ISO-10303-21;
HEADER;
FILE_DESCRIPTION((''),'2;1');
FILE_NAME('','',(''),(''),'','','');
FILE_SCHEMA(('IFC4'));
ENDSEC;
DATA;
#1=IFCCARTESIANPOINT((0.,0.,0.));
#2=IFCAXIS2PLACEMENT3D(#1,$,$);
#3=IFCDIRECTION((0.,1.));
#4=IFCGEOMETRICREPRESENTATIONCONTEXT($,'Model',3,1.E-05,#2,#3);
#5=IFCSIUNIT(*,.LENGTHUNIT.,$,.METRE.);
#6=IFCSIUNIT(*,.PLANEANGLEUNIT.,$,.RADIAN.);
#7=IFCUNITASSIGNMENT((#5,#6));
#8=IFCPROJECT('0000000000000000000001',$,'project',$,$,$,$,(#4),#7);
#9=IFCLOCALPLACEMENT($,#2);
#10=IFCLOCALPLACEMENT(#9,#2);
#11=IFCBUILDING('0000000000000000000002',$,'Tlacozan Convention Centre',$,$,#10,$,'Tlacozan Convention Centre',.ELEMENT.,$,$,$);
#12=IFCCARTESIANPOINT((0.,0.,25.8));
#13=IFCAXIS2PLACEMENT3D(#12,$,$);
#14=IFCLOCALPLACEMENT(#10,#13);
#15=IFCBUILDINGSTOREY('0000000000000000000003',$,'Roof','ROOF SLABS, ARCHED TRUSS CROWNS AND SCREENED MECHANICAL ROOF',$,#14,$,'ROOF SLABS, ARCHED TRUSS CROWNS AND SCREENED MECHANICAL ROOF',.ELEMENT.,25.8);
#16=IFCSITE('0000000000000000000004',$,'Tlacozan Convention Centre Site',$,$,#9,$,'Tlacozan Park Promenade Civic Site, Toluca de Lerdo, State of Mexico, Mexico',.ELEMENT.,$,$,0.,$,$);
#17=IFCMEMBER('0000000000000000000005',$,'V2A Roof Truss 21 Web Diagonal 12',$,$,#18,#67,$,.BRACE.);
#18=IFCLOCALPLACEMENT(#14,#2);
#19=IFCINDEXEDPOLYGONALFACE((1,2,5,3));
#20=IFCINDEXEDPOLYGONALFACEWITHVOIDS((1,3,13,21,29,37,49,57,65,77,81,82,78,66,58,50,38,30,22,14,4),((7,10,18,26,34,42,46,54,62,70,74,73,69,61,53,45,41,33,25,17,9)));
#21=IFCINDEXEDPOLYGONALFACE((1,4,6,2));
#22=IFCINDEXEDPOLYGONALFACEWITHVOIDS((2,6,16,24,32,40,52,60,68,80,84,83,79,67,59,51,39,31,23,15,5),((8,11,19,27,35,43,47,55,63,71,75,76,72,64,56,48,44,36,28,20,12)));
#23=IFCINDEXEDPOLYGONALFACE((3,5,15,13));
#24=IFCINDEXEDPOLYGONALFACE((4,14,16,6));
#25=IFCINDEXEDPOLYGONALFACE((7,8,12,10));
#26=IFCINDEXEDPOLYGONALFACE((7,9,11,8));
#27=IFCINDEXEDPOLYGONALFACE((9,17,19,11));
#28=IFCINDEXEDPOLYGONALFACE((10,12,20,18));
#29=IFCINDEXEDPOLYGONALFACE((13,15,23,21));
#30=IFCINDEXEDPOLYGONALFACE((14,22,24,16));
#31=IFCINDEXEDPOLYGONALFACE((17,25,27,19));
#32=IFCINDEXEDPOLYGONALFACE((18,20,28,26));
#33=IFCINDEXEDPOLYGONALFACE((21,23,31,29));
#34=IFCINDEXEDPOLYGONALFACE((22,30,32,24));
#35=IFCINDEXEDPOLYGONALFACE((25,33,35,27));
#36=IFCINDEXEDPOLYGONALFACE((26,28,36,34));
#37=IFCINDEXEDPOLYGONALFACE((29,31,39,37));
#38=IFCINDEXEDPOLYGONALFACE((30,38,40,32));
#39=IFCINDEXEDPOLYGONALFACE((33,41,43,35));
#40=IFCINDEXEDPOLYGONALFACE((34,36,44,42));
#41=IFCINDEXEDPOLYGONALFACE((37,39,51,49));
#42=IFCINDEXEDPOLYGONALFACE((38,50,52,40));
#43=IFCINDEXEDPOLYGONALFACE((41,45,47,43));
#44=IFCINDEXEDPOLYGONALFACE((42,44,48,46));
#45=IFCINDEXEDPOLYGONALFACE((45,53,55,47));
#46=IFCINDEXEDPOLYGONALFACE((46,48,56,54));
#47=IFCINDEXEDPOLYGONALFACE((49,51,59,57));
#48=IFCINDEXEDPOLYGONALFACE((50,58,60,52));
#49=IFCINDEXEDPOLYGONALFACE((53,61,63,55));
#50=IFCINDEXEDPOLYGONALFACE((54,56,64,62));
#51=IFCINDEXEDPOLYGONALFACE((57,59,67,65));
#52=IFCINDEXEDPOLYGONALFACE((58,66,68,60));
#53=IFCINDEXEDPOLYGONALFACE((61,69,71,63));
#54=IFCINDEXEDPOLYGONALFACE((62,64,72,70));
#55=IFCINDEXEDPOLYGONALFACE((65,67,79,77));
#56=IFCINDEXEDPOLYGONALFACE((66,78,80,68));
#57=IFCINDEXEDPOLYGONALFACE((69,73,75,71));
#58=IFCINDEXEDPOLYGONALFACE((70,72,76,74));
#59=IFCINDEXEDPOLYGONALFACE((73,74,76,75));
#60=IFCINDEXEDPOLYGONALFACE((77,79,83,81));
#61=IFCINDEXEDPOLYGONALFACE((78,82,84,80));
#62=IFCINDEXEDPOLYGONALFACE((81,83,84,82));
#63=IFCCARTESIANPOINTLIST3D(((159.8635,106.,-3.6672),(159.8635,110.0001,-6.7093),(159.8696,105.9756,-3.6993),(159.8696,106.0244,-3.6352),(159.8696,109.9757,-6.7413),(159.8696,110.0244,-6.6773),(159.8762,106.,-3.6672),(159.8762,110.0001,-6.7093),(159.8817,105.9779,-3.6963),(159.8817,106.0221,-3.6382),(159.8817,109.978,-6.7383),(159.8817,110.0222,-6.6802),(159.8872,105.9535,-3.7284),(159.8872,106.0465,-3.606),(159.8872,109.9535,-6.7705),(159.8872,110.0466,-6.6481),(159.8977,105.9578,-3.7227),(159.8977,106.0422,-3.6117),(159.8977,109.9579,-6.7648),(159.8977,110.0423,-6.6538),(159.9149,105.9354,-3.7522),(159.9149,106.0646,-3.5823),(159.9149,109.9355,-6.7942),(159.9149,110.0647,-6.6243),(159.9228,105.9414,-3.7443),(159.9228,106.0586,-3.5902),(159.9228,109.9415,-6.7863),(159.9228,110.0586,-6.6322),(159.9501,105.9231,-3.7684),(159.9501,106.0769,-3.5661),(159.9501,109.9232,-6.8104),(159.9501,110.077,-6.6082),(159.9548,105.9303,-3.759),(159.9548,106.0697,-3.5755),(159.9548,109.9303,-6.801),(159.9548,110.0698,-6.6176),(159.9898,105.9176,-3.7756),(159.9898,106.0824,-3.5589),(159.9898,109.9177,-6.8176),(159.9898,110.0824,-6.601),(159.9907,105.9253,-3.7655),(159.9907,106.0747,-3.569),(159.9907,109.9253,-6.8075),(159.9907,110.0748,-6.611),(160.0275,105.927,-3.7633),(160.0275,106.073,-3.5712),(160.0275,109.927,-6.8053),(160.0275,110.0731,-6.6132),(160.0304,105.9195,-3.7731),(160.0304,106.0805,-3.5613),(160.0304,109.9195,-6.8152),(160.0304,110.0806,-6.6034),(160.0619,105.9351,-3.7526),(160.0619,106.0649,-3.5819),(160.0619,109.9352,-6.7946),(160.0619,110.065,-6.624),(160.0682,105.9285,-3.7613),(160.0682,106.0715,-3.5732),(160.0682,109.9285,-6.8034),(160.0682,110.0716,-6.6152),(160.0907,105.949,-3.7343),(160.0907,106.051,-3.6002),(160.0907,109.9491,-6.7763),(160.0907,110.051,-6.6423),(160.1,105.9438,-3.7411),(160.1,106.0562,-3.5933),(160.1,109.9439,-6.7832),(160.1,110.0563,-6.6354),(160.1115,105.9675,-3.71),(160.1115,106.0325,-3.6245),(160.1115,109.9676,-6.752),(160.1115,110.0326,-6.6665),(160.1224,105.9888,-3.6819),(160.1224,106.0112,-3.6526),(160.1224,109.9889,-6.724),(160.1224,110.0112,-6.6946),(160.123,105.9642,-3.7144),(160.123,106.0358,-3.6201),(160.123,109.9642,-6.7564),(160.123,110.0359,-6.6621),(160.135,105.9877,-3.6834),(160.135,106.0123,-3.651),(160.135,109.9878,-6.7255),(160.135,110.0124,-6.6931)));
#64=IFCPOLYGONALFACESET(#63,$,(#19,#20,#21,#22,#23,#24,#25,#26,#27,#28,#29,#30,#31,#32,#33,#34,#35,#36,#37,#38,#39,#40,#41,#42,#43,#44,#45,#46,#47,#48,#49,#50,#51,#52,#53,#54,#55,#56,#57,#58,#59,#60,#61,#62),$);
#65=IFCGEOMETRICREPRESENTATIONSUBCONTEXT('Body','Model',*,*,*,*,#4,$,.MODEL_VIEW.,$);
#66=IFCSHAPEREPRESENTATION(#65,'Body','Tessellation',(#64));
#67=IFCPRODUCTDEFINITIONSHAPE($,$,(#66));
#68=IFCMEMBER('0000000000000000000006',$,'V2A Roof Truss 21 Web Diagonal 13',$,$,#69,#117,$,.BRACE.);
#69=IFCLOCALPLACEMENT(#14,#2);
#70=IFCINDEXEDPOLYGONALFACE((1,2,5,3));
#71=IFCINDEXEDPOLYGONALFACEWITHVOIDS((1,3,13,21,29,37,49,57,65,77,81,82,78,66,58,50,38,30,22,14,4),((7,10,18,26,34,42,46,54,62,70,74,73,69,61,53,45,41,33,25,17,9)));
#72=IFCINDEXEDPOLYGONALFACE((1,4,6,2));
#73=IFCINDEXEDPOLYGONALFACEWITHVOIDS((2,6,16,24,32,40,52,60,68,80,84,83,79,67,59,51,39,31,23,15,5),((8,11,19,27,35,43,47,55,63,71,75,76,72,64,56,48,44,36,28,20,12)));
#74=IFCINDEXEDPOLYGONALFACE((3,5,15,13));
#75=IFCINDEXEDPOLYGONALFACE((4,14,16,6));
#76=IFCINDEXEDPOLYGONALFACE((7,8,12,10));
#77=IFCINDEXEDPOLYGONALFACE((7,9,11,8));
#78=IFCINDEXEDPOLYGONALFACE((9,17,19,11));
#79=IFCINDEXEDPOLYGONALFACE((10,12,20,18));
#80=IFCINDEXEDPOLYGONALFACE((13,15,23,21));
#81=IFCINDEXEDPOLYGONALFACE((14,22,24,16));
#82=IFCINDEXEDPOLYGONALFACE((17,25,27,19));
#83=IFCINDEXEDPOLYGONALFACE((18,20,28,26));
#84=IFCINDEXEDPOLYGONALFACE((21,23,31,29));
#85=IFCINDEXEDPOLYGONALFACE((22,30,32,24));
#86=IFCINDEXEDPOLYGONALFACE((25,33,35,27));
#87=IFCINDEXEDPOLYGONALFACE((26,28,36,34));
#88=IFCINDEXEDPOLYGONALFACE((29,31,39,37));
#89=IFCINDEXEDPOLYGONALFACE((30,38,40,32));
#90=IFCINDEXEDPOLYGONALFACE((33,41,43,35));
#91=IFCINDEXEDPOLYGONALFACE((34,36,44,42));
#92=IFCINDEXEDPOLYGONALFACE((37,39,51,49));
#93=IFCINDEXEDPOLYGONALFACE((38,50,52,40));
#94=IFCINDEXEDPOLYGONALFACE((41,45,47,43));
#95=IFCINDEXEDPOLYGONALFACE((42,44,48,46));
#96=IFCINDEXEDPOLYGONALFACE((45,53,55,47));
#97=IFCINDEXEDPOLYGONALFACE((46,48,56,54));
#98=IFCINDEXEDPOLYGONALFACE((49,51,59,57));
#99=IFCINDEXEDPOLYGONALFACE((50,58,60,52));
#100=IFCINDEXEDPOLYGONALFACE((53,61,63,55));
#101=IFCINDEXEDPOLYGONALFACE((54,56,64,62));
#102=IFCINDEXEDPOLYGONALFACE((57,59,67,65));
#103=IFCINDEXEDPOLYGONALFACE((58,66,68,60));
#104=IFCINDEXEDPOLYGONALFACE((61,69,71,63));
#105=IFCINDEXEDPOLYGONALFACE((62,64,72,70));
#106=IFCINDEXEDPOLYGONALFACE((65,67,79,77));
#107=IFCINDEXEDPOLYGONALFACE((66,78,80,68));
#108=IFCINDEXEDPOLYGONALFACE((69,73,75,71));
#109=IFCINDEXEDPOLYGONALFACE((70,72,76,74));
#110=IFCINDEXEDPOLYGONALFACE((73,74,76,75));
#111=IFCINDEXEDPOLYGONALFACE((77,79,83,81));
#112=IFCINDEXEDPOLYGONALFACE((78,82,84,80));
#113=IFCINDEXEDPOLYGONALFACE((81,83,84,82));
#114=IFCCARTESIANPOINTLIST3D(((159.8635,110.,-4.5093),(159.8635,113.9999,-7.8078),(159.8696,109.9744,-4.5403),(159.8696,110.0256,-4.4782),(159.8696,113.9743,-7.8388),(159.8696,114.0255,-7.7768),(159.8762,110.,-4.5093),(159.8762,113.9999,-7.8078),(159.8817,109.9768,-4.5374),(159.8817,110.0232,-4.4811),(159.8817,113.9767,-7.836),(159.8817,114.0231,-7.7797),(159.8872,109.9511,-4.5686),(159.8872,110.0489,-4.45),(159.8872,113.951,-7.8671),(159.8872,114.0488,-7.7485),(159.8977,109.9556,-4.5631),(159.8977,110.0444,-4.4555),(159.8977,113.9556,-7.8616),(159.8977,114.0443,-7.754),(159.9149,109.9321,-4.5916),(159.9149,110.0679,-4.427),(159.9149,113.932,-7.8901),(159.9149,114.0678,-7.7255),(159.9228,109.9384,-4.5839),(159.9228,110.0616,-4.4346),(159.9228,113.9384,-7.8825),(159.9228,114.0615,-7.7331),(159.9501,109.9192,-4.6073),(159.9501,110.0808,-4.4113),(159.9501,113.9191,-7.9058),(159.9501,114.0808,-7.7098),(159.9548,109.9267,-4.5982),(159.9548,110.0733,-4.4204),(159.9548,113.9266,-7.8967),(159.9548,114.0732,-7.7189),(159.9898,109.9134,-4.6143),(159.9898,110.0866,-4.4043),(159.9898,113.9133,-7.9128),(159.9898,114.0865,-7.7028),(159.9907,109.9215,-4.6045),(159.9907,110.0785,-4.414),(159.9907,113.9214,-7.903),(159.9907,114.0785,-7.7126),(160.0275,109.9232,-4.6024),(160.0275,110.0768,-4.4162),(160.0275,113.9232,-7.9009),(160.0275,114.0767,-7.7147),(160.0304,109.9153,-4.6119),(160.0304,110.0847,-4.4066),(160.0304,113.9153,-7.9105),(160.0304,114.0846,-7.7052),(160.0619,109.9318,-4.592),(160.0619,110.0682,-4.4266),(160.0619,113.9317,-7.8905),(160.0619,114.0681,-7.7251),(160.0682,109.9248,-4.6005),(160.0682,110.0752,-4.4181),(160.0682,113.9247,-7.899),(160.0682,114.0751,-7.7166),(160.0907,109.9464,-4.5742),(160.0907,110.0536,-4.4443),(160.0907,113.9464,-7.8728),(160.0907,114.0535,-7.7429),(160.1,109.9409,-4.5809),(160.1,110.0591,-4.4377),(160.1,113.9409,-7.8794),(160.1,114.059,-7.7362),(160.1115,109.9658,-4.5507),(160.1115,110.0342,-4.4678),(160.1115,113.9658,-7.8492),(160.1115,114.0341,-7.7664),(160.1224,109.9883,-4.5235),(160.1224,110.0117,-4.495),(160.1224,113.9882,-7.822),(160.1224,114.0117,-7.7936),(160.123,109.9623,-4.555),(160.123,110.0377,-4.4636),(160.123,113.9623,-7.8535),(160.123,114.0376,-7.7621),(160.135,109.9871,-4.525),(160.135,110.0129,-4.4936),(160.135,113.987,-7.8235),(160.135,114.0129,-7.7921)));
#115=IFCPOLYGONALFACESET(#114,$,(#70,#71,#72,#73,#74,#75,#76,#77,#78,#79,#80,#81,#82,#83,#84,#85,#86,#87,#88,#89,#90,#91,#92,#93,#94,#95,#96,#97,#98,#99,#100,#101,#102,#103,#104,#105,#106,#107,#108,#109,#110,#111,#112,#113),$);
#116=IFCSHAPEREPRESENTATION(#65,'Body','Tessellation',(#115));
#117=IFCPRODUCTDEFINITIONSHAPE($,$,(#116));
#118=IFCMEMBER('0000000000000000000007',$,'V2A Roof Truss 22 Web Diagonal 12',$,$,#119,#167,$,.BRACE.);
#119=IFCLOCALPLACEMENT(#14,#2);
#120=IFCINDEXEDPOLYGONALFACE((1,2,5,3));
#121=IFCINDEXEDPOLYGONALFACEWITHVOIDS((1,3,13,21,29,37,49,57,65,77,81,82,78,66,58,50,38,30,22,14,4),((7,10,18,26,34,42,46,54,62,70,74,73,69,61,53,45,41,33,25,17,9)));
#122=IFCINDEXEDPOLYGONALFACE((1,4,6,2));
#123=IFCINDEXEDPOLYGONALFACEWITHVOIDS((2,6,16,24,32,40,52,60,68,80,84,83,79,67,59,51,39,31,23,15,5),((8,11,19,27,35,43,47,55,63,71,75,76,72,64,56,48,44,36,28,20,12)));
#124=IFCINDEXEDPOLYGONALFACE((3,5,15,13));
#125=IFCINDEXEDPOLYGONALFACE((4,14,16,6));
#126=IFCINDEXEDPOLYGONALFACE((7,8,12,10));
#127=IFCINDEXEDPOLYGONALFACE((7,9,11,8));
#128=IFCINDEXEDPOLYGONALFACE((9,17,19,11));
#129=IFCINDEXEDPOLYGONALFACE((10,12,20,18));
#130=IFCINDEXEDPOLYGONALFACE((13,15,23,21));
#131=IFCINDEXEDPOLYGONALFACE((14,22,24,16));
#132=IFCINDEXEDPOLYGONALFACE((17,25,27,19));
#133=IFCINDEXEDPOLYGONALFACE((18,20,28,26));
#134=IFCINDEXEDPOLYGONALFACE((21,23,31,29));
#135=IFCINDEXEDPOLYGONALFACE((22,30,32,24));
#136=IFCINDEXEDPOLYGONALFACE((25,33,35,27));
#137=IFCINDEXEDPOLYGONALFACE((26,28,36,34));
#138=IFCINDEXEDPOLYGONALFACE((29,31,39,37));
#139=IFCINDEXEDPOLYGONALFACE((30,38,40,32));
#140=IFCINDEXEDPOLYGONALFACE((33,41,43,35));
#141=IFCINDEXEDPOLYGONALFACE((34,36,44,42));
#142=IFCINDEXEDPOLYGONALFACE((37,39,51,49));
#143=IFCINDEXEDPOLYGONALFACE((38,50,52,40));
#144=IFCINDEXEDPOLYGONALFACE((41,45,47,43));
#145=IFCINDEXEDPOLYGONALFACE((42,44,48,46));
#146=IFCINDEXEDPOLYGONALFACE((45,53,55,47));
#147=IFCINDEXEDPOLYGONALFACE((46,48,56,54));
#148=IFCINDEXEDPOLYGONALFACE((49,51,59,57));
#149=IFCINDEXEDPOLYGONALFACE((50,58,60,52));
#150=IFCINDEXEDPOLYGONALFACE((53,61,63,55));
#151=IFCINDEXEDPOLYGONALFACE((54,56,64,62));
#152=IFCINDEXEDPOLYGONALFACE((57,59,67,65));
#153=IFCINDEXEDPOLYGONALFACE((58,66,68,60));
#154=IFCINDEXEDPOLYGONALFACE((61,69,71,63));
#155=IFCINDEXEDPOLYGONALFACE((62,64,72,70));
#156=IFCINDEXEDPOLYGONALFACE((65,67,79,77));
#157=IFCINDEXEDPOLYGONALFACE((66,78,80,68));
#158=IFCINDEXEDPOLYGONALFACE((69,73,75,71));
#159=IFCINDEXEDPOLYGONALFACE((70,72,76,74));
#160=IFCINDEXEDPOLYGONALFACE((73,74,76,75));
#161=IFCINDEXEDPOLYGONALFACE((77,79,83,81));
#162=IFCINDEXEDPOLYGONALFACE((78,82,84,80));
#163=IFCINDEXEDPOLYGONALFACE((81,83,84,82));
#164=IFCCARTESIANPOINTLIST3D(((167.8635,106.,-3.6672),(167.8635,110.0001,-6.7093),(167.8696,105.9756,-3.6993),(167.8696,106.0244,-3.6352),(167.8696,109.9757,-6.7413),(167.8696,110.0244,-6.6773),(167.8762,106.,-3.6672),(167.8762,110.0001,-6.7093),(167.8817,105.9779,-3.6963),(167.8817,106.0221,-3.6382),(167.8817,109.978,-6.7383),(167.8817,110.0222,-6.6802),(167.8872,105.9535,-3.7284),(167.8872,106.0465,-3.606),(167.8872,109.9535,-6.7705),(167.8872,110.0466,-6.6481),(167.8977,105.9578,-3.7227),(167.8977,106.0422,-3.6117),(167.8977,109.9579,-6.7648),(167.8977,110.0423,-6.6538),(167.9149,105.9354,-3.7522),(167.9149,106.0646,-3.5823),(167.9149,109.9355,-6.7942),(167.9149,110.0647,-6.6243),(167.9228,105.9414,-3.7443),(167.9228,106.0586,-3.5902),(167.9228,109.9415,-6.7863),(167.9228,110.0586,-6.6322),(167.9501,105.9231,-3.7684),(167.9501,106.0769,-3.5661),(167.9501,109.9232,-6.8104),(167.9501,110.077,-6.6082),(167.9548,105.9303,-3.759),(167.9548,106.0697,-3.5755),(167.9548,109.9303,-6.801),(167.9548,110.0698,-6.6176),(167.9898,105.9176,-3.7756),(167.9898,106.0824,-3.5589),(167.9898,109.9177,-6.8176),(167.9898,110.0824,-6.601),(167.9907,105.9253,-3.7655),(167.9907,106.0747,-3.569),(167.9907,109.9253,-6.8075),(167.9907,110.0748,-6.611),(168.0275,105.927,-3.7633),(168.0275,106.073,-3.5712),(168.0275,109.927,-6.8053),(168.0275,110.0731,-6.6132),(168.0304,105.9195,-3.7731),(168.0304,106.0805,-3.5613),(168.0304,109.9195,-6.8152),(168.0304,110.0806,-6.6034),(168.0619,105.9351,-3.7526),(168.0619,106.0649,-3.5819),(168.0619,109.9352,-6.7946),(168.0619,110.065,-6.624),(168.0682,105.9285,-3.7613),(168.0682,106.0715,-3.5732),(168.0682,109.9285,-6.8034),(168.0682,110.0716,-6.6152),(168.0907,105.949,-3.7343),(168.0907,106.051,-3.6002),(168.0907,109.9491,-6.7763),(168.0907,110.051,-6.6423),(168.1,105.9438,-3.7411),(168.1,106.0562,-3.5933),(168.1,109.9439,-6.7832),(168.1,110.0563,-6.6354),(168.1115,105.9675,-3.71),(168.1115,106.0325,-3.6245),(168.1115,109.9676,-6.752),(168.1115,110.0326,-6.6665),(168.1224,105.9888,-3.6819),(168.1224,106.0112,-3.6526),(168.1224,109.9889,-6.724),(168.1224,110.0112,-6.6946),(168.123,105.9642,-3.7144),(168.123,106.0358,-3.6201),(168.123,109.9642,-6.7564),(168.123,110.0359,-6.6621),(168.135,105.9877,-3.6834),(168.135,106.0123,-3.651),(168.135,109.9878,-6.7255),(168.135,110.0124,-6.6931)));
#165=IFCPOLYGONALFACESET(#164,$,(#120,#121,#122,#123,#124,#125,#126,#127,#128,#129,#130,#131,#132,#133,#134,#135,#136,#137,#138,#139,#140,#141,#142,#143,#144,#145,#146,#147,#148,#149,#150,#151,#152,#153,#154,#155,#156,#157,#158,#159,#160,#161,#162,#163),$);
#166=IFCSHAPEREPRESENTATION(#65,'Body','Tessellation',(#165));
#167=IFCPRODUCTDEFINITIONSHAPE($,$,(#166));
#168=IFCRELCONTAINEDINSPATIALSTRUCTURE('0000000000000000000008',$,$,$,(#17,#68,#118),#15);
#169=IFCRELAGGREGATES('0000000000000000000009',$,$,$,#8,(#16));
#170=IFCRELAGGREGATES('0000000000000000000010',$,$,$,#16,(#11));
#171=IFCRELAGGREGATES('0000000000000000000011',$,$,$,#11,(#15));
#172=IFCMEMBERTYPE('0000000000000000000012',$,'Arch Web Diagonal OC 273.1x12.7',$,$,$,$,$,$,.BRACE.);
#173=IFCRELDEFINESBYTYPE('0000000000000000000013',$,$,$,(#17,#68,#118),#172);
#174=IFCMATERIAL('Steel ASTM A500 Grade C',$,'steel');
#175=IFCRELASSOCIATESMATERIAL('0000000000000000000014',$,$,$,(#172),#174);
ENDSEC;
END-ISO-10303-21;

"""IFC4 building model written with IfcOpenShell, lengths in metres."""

from ifc_helpers import new_model, si_unit, direction, frame, origin, origin_2d, place, context, subcontext, project, spatial, hollow_circle, extrude, material, material_profile, profile_set, type_object, element, save


model = new_model("IFC4")

# Units and contexts
model_context = context("Model", 3, precision=1e-05, world=origin(), true_north=direction((0.0, 1.0)))
body_context = subcontext(model_context, "Body", "Model", "MODEL_VIEW")
ifc_project = project(units=[si_unit("LENGTHUNIT", "METRE"), si_unit("PLANEANGLEUNIT", "RADIAN")], contexts=[model_context])

# Site, building, storey
site_placement = place(None, origin())
site = spatial("IfcSite", under=ifc_project, at=site_placement, Name="Tlacozan Convention Centre Site", LongName="Tlacozan Park Promenade Civic Site, Toluca de Lerdo, State of Mexico, Mexico", CompositionType="ELEMENT", RefElevation=0.0)
building_placement = place(site_placement, origin())
building = spatial("IfcBuilding", under=site, at=building_placement, Name="Tlacozan Convention Centre", LongName="Tlacozan Convention Centre", CompositionType="ELEMENT")
storey_placement = place(building_placement, frame((0.0, 0.0, 25.8)))
storey = spatial("IfcBuildingStorey", under=building, at=storey_placement, Name="Roof", Description="ROOF SLABS, ARCHED TRUSS CROWNS AND SCREENED MECHANICAL ROOF", LongName="ROOF SLABS, ARCHED TRUSS CROWNS AND SCREENED MECHANICAL ROOF", CompositionType="ELEMENT", Elevation=25.8)

# Members
ifc_material_1 = material(Name="Steel ASTM A500 Grade C", Category="steel")
ifc_material_profile_1 = material_profile(ifc_material_1, hollow_circle(Radius=0.1365, WallThickness=0.0127, at=origin_2d()), Name="OC 273.1x12.7")
ifc_profile_set_1 = profile_set([ifc_material_profile_1], Name="Steel ASTM A500 Grade C")
member_type_1 = type_object("IfcMemberType", Name="Arch Web Diagonal OC 273.1x12.7", PredefinedType="BRACE", material=ifc_profile_set_1)
member_1_placement = place(storey_placement, frame((160.0, 106.0, -3.6672), z_axis=(0.0, 0.795971, -0.605335), x_axis=(-1.0, 0.0, 0.0)))
element("IfcMember", 1, at=member_1_placement, inside=storey, type_object=member_type_1, Name="V2A Roof Truss 21 Web Diagonal 12", PredefinedType="BRACE", context=body_context, shape_type="SweptSolid", body=[
    extrude(hollow_circle(Radius=0.1365, WallThickness=0.0127, at=origin_2d()), origin(), (0.0, 0.0, 1.0), 5.0254),
])
member_2_placement = place(storey_placement, frame((160.0, 110.0, -4.5093), z_axis=(0.0, 0.771507, -0.63622), x_axis=(-1.0, 0.0, 0.0)))
element("IfcMember", 2, at=member_2_placement, inside=storey, type_object=member_type_1, Name="V2A Roof Truss 21 Web Diagonal 13", PredefinedType="BRACE", context=body_context, shape_type="SweptSolid", body=[
    extrude(hollow_circle(Radius=0.1365, WallThickness=0.0127, at=origin_2d()), origin(), (0.0, 0.0, 1.0), 5.1846),
])
member_3_placement = place(storey_placement, frame((168.0, 106.0, -3.6672), z_axis=(0.0, 0.795971, -0.605335), x_axis=(-1.0, 0.0, 0.0)))
element("IfcMember", 3, at=member_3_placement, inside=storey, type_object=member_type_1, Name="V2A Roof Truss 22 Web Diagonal 12", PredefinedType="BRACE", context=body_context, shape_type="SweptSolid", body=[
    extrude(hollow_circle(Radius=0.1365, WallThickness=0.0127, at=origin_2d()), origin(), (0.0, 0.0, 1.0), 5.0254),
])

save(model, "model.ifc")
